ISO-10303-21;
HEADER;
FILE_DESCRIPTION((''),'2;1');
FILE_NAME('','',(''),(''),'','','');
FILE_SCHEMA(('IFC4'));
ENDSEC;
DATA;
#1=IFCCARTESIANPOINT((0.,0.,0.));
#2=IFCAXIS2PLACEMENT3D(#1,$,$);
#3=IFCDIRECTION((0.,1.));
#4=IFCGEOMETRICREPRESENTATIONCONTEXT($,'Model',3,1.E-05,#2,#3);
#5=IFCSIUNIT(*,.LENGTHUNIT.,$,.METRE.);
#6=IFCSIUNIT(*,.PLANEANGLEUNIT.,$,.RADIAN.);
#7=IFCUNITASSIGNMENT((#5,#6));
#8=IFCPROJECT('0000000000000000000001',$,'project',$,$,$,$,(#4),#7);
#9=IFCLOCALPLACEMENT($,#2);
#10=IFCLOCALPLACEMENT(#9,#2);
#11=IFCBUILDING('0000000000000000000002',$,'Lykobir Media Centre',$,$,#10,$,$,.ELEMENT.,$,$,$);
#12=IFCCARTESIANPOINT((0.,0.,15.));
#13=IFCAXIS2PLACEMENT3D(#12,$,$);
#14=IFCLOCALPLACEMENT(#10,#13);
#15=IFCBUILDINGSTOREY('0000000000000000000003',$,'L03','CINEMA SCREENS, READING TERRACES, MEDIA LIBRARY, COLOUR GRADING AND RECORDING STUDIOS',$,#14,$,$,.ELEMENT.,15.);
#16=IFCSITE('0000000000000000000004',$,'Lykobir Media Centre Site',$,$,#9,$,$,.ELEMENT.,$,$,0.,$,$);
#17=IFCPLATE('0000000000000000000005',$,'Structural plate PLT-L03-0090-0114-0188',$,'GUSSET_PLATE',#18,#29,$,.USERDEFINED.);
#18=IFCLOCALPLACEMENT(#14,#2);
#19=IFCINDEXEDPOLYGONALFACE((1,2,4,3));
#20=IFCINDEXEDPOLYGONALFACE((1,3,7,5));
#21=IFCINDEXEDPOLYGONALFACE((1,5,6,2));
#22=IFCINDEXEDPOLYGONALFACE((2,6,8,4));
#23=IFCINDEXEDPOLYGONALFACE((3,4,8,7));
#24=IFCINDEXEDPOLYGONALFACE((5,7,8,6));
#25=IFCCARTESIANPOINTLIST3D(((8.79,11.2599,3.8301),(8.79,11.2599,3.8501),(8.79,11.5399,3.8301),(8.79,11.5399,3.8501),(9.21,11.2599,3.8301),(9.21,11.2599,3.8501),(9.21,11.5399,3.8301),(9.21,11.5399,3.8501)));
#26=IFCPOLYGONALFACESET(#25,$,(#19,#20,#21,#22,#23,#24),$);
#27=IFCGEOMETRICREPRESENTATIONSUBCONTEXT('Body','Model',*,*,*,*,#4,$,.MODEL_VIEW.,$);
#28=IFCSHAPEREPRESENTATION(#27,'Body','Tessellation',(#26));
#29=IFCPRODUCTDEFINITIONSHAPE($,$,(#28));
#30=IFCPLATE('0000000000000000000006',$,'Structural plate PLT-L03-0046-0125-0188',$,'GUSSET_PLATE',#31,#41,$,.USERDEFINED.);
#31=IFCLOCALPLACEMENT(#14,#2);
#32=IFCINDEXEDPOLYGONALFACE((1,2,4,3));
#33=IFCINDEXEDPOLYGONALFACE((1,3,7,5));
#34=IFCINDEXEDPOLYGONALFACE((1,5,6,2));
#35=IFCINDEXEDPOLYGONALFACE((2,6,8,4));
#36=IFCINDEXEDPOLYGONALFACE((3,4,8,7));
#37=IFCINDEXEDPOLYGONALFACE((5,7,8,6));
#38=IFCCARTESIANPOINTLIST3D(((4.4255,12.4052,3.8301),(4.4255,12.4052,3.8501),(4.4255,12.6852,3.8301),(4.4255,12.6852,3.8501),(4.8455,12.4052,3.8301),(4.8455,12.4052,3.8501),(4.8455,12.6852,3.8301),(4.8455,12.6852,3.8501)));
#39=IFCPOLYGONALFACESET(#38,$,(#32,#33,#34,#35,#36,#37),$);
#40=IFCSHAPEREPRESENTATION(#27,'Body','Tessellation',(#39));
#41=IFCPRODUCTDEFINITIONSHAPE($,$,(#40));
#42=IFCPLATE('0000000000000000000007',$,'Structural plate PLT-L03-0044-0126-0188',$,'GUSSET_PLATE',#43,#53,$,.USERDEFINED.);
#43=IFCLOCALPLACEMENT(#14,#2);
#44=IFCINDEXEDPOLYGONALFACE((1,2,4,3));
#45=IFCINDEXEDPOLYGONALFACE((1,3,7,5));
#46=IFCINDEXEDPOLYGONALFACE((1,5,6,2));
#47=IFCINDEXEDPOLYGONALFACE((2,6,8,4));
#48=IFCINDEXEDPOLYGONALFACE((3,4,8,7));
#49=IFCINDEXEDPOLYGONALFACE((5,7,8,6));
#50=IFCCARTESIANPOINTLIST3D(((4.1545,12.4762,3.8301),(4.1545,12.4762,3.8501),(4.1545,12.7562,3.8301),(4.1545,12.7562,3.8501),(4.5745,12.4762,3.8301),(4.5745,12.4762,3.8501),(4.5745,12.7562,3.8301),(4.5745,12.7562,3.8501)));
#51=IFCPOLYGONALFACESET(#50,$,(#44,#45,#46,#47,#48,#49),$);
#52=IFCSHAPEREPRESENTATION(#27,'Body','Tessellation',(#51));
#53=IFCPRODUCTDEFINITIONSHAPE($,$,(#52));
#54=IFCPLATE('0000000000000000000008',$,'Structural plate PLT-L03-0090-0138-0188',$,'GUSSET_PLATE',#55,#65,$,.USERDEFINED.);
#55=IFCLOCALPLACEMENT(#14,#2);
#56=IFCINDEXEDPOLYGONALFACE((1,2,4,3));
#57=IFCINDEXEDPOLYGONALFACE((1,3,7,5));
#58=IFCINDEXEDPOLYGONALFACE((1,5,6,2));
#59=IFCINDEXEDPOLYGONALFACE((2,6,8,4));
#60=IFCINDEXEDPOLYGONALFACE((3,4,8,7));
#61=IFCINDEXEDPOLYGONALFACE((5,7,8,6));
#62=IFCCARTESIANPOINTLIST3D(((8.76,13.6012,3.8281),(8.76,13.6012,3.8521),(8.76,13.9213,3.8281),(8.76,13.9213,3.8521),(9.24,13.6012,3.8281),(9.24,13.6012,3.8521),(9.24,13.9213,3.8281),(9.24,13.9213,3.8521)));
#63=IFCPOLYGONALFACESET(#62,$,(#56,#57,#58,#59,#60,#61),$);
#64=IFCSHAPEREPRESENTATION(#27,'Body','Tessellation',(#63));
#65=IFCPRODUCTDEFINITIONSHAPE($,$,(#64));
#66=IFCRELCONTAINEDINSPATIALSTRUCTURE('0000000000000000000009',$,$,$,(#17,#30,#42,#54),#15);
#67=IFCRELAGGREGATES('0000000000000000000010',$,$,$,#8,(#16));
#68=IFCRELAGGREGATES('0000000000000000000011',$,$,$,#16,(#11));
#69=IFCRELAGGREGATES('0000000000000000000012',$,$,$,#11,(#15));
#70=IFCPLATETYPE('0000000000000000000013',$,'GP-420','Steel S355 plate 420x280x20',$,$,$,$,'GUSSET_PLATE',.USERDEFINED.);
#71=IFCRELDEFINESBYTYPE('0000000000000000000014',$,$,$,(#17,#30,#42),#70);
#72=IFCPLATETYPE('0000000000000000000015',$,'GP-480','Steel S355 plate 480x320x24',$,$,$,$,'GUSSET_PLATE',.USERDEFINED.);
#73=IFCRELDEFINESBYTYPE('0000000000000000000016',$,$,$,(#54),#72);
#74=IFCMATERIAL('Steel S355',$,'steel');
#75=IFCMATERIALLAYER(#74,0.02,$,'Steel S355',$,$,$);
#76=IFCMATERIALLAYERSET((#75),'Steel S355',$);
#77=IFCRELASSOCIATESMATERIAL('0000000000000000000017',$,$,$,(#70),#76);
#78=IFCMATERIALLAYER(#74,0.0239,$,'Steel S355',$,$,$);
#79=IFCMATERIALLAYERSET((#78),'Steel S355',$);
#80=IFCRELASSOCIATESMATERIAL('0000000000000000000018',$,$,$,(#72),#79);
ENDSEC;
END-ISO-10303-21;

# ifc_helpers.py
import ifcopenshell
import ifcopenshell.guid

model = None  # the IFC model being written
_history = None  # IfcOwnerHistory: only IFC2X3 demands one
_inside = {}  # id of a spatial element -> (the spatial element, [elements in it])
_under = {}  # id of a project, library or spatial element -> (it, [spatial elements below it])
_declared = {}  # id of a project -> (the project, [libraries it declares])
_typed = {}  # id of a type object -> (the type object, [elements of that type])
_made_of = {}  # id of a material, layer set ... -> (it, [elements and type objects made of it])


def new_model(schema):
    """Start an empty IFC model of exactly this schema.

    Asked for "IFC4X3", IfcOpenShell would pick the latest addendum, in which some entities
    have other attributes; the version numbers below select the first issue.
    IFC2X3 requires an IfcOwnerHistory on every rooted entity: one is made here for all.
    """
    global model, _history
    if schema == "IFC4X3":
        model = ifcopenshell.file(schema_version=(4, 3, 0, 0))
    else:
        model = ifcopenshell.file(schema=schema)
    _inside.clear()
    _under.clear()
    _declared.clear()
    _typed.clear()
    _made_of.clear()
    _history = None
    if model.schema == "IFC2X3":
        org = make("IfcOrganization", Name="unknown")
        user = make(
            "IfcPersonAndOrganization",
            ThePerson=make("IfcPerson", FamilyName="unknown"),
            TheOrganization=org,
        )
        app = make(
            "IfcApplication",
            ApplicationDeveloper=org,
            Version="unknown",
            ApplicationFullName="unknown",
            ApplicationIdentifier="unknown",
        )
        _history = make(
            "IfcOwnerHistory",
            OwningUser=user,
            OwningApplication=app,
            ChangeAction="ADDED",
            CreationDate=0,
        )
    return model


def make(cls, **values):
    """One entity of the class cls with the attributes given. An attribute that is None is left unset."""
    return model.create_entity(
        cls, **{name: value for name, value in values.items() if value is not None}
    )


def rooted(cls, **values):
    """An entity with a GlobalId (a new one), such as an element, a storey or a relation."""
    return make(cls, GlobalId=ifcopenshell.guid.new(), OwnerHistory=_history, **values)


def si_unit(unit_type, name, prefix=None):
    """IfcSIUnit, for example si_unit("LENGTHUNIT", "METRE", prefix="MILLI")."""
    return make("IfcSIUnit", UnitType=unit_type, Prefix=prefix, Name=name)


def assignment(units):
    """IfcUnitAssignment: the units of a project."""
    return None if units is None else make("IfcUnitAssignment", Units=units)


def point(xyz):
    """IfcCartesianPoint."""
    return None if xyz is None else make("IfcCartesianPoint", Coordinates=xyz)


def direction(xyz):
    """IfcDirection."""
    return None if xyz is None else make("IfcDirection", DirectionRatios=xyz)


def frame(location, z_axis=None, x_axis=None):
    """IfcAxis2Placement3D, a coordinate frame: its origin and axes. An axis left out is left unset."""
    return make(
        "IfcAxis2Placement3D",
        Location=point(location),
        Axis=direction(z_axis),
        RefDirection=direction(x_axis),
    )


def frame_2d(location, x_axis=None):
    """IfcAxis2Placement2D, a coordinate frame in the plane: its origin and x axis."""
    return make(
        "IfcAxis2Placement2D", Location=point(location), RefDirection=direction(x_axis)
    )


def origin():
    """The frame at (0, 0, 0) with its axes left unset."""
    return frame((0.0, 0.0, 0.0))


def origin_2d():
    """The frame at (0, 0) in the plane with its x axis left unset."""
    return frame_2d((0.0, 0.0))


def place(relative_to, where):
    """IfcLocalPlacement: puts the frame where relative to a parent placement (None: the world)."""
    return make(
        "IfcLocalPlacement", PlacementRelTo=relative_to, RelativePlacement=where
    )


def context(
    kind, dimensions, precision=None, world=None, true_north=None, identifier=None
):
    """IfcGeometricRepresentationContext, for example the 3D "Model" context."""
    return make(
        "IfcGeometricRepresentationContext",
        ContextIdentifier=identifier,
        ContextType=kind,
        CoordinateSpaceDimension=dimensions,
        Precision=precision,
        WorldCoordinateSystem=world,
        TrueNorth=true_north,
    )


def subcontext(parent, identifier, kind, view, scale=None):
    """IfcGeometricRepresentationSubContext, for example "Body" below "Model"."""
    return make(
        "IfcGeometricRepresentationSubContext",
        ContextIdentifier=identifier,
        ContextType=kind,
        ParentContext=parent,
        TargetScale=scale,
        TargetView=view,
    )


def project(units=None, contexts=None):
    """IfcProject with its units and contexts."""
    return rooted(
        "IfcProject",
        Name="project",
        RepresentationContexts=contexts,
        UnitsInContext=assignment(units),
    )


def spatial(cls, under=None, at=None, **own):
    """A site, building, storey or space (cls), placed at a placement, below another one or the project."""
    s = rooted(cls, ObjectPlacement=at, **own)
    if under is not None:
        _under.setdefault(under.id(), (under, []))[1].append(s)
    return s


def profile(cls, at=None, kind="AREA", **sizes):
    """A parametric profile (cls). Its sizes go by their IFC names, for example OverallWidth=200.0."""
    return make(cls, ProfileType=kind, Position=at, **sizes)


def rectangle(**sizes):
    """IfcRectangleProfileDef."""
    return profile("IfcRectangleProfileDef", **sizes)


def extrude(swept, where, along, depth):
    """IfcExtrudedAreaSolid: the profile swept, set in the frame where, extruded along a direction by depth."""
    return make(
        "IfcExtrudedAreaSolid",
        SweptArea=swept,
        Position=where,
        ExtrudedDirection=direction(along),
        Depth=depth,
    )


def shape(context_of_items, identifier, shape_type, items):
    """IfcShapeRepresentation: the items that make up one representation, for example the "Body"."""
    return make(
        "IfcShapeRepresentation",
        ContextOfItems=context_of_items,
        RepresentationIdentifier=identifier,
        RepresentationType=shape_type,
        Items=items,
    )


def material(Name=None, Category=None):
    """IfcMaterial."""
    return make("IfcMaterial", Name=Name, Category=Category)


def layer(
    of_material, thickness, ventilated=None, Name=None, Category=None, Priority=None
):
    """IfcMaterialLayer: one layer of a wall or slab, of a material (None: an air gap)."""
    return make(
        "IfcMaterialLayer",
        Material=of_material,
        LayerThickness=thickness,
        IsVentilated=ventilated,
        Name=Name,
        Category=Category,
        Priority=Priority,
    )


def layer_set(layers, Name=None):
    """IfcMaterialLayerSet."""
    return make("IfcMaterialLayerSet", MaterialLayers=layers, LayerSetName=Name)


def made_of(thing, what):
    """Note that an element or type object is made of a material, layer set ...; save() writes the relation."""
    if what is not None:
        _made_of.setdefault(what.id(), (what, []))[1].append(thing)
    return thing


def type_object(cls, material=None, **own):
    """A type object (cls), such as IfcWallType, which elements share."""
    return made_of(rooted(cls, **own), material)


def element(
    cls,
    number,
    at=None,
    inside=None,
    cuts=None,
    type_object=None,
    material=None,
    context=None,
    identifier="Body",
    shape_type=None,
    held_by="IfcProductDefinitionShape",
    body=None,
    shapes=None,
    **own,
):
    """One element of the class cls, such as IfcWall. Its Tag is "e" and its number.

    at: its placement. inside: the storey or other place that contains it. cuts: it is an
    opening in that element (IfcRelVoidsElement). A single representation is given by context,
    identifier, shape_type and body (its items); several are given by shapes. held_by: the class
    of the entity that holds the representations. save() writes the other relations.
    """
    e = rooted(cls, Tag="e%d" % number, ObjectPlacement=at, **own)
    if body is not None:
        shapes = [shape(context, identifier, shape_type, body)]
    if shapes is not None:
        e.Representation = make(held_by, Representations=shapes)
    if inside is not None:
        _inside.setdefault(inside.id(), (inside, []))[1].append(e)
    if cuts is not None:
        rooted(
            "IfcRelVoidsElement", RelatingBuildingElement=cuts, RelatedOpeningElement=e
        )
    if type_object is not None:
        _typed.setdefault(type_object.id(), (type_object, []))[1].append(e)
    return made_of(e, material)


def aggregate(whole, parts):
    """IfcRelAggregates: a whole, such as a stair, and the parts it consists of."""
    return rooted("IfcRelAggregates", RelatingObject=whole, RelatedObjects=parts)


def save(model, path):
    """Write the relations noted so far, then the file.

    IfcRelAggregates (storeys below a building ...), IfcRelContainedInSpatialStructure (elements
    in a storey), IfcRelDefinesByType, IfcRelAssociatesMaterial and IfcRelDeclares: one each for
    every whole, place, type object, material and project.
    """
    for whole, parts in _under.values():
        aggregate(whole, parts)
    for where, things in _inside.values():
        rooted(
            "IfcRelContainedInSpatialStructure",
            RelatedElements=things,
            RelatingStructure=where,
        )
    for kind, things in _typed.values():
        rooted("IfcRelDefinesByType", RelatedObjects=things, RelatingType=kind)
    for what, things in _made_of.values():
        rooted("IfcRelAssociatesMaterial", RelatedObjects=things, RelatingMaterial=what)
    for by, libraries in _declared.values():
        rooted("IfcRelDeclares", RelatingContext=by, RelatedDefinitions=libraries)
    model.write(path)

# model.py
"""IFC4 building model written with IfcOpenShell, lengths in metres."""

from ifc_helpers import new_model, si_unit, direction, frame, origin, origin_2d, place, context, subcontext, project, spatial, rectangle, extrude, material, layer, layer_set, type_object, element, save


model = new_model("IFC4")

# Units and contexts
model_context = context("Model", 3, precision=1e-05, world=origin(), true_north=direction((0.0, 1.0)))
body_context = subcontext(model_context, "Body", "Model", "MODEL_VIEW")
ifc_project = project(units=[si_unit("LENGTHUNIT", "METRE"), si_unit("PLANEANGLEUNIT", "RADIAN")], contexts=[model_context])

# Site, building, storey
site_placement = place(None, origin())
site = spatial("IfcSite", under=ifc_project, at=site_placement, Name="Lykobir Media Centre Site", CompositionType="ELEMENT", RefElevation=0.0)
building_placement = place(site_placement, origin())
building = spatial("IfcBuilding", under=site, at=building_placement, Name="Lykobir Media Centre", CompositionType="ELEMENT")
storey_placement = place(building_placement, frame((0.0, 0.0, 15.0)))
storey = spatial("IfcBuildingStorey", under=building, at=storey_placement, Name="L03", Description="CINEMA SCREENS, READING TERRACES, MEDIA LIBRARY, COLOUR GRADING AND RECORDING STUDIOS", CompositionType="ELEMENT", Elevation=15.0)

# Shared definitions
ifc_material_1 = material(Name="Steel S355", Category="steel")

# Plates
ifc_layer_1 = layer(ifc_material_1, 0.02, Name="Steel S355")
ifc_layer_set_1 = layer_set([ifc_layer_1], Name="Steel S355")
plate_type_1 = type_object("IfcPlateType", Name="GP-420", Description="Steel S355 plate 420x280x20", ElementType="GUSSET_PLATE", PredefinedType="USERDEFINED", material=ifc_layer_set_1)
for number, where, z_axis, x_axis, name in (
    (1, (9.0, 11.3999, 3.8301), (0.0, 0.0, 1.0), (1.0, 0.0, 0.0), "Structural plate PLT-L03-0090-0114-0188"),
    (2, (4.6355, 12.5452, 3.8301), (0.0, 0.0, 1.0), (1.0, 0.0, 0.0), "Structural plate PLT-L03-0046-0125-0188"),
    (3, (4.3645, 12.6162, 3.8301), (0.0, 0.0, 1.0), (1.0, 0.0, 0.0), "Structural plate PLT-L03-0044-0126-0188"),
):
    element("IfcPlate", number, at=place(storey_placement, frame(where, z_axis=z_axis, x_axis=x_axis)), inside=storey, type_object=plate_type_1, Name=name, ObjectType="GUSSET_PLATE", PredefinedType="USERDEFINED", context=body_context, shape_type="SweptSolid", body=[
        extrude(rectangle(XDim=0.4199, YDim=0.28, at=origin_2d()), origin(), (0.0, 0.0, 1.0), 0.02),
    ])
ifc_layer_2 = layer(ifc_material_1, 0.0239, Name="Steel S355")
ifc_layer_set_2 = layer_set([ifc_layer_2], Name="Steel S355")
plate_type_2 = type_object("IfcPlateType", Name="GP-480", Description="Steel S355 plate 480x320x24", ElementType="GUSSET_PLATE", PredefinedType="USERDEFINED", material=ifc_layer_set_2)
plate_1_placement = place(storey_placement, frame((9.0, 13.7612, 3.8281), z_axis=(0.0, 0.0, 1.0), x_axis=(1.0, 0.0, 0.0)))
element("IfcPlate", 4, at=plate_1_placement, inside=storey, type_object=plate_type_2, Name="Structural plate PLT-L03-0090-0138-0188", ObjectType="GUSSET_PLATE", PredefinedType="USERDEFINED", context=body_context, shape_type="SweptSolid", body=[
    extrude(rectangle(XDim=0.48, YDim=0.3201, at=origin_2d()), origin(), (0.0, 0.0, 1.0), 0.0239),
])

save(model, "model.ifc")
